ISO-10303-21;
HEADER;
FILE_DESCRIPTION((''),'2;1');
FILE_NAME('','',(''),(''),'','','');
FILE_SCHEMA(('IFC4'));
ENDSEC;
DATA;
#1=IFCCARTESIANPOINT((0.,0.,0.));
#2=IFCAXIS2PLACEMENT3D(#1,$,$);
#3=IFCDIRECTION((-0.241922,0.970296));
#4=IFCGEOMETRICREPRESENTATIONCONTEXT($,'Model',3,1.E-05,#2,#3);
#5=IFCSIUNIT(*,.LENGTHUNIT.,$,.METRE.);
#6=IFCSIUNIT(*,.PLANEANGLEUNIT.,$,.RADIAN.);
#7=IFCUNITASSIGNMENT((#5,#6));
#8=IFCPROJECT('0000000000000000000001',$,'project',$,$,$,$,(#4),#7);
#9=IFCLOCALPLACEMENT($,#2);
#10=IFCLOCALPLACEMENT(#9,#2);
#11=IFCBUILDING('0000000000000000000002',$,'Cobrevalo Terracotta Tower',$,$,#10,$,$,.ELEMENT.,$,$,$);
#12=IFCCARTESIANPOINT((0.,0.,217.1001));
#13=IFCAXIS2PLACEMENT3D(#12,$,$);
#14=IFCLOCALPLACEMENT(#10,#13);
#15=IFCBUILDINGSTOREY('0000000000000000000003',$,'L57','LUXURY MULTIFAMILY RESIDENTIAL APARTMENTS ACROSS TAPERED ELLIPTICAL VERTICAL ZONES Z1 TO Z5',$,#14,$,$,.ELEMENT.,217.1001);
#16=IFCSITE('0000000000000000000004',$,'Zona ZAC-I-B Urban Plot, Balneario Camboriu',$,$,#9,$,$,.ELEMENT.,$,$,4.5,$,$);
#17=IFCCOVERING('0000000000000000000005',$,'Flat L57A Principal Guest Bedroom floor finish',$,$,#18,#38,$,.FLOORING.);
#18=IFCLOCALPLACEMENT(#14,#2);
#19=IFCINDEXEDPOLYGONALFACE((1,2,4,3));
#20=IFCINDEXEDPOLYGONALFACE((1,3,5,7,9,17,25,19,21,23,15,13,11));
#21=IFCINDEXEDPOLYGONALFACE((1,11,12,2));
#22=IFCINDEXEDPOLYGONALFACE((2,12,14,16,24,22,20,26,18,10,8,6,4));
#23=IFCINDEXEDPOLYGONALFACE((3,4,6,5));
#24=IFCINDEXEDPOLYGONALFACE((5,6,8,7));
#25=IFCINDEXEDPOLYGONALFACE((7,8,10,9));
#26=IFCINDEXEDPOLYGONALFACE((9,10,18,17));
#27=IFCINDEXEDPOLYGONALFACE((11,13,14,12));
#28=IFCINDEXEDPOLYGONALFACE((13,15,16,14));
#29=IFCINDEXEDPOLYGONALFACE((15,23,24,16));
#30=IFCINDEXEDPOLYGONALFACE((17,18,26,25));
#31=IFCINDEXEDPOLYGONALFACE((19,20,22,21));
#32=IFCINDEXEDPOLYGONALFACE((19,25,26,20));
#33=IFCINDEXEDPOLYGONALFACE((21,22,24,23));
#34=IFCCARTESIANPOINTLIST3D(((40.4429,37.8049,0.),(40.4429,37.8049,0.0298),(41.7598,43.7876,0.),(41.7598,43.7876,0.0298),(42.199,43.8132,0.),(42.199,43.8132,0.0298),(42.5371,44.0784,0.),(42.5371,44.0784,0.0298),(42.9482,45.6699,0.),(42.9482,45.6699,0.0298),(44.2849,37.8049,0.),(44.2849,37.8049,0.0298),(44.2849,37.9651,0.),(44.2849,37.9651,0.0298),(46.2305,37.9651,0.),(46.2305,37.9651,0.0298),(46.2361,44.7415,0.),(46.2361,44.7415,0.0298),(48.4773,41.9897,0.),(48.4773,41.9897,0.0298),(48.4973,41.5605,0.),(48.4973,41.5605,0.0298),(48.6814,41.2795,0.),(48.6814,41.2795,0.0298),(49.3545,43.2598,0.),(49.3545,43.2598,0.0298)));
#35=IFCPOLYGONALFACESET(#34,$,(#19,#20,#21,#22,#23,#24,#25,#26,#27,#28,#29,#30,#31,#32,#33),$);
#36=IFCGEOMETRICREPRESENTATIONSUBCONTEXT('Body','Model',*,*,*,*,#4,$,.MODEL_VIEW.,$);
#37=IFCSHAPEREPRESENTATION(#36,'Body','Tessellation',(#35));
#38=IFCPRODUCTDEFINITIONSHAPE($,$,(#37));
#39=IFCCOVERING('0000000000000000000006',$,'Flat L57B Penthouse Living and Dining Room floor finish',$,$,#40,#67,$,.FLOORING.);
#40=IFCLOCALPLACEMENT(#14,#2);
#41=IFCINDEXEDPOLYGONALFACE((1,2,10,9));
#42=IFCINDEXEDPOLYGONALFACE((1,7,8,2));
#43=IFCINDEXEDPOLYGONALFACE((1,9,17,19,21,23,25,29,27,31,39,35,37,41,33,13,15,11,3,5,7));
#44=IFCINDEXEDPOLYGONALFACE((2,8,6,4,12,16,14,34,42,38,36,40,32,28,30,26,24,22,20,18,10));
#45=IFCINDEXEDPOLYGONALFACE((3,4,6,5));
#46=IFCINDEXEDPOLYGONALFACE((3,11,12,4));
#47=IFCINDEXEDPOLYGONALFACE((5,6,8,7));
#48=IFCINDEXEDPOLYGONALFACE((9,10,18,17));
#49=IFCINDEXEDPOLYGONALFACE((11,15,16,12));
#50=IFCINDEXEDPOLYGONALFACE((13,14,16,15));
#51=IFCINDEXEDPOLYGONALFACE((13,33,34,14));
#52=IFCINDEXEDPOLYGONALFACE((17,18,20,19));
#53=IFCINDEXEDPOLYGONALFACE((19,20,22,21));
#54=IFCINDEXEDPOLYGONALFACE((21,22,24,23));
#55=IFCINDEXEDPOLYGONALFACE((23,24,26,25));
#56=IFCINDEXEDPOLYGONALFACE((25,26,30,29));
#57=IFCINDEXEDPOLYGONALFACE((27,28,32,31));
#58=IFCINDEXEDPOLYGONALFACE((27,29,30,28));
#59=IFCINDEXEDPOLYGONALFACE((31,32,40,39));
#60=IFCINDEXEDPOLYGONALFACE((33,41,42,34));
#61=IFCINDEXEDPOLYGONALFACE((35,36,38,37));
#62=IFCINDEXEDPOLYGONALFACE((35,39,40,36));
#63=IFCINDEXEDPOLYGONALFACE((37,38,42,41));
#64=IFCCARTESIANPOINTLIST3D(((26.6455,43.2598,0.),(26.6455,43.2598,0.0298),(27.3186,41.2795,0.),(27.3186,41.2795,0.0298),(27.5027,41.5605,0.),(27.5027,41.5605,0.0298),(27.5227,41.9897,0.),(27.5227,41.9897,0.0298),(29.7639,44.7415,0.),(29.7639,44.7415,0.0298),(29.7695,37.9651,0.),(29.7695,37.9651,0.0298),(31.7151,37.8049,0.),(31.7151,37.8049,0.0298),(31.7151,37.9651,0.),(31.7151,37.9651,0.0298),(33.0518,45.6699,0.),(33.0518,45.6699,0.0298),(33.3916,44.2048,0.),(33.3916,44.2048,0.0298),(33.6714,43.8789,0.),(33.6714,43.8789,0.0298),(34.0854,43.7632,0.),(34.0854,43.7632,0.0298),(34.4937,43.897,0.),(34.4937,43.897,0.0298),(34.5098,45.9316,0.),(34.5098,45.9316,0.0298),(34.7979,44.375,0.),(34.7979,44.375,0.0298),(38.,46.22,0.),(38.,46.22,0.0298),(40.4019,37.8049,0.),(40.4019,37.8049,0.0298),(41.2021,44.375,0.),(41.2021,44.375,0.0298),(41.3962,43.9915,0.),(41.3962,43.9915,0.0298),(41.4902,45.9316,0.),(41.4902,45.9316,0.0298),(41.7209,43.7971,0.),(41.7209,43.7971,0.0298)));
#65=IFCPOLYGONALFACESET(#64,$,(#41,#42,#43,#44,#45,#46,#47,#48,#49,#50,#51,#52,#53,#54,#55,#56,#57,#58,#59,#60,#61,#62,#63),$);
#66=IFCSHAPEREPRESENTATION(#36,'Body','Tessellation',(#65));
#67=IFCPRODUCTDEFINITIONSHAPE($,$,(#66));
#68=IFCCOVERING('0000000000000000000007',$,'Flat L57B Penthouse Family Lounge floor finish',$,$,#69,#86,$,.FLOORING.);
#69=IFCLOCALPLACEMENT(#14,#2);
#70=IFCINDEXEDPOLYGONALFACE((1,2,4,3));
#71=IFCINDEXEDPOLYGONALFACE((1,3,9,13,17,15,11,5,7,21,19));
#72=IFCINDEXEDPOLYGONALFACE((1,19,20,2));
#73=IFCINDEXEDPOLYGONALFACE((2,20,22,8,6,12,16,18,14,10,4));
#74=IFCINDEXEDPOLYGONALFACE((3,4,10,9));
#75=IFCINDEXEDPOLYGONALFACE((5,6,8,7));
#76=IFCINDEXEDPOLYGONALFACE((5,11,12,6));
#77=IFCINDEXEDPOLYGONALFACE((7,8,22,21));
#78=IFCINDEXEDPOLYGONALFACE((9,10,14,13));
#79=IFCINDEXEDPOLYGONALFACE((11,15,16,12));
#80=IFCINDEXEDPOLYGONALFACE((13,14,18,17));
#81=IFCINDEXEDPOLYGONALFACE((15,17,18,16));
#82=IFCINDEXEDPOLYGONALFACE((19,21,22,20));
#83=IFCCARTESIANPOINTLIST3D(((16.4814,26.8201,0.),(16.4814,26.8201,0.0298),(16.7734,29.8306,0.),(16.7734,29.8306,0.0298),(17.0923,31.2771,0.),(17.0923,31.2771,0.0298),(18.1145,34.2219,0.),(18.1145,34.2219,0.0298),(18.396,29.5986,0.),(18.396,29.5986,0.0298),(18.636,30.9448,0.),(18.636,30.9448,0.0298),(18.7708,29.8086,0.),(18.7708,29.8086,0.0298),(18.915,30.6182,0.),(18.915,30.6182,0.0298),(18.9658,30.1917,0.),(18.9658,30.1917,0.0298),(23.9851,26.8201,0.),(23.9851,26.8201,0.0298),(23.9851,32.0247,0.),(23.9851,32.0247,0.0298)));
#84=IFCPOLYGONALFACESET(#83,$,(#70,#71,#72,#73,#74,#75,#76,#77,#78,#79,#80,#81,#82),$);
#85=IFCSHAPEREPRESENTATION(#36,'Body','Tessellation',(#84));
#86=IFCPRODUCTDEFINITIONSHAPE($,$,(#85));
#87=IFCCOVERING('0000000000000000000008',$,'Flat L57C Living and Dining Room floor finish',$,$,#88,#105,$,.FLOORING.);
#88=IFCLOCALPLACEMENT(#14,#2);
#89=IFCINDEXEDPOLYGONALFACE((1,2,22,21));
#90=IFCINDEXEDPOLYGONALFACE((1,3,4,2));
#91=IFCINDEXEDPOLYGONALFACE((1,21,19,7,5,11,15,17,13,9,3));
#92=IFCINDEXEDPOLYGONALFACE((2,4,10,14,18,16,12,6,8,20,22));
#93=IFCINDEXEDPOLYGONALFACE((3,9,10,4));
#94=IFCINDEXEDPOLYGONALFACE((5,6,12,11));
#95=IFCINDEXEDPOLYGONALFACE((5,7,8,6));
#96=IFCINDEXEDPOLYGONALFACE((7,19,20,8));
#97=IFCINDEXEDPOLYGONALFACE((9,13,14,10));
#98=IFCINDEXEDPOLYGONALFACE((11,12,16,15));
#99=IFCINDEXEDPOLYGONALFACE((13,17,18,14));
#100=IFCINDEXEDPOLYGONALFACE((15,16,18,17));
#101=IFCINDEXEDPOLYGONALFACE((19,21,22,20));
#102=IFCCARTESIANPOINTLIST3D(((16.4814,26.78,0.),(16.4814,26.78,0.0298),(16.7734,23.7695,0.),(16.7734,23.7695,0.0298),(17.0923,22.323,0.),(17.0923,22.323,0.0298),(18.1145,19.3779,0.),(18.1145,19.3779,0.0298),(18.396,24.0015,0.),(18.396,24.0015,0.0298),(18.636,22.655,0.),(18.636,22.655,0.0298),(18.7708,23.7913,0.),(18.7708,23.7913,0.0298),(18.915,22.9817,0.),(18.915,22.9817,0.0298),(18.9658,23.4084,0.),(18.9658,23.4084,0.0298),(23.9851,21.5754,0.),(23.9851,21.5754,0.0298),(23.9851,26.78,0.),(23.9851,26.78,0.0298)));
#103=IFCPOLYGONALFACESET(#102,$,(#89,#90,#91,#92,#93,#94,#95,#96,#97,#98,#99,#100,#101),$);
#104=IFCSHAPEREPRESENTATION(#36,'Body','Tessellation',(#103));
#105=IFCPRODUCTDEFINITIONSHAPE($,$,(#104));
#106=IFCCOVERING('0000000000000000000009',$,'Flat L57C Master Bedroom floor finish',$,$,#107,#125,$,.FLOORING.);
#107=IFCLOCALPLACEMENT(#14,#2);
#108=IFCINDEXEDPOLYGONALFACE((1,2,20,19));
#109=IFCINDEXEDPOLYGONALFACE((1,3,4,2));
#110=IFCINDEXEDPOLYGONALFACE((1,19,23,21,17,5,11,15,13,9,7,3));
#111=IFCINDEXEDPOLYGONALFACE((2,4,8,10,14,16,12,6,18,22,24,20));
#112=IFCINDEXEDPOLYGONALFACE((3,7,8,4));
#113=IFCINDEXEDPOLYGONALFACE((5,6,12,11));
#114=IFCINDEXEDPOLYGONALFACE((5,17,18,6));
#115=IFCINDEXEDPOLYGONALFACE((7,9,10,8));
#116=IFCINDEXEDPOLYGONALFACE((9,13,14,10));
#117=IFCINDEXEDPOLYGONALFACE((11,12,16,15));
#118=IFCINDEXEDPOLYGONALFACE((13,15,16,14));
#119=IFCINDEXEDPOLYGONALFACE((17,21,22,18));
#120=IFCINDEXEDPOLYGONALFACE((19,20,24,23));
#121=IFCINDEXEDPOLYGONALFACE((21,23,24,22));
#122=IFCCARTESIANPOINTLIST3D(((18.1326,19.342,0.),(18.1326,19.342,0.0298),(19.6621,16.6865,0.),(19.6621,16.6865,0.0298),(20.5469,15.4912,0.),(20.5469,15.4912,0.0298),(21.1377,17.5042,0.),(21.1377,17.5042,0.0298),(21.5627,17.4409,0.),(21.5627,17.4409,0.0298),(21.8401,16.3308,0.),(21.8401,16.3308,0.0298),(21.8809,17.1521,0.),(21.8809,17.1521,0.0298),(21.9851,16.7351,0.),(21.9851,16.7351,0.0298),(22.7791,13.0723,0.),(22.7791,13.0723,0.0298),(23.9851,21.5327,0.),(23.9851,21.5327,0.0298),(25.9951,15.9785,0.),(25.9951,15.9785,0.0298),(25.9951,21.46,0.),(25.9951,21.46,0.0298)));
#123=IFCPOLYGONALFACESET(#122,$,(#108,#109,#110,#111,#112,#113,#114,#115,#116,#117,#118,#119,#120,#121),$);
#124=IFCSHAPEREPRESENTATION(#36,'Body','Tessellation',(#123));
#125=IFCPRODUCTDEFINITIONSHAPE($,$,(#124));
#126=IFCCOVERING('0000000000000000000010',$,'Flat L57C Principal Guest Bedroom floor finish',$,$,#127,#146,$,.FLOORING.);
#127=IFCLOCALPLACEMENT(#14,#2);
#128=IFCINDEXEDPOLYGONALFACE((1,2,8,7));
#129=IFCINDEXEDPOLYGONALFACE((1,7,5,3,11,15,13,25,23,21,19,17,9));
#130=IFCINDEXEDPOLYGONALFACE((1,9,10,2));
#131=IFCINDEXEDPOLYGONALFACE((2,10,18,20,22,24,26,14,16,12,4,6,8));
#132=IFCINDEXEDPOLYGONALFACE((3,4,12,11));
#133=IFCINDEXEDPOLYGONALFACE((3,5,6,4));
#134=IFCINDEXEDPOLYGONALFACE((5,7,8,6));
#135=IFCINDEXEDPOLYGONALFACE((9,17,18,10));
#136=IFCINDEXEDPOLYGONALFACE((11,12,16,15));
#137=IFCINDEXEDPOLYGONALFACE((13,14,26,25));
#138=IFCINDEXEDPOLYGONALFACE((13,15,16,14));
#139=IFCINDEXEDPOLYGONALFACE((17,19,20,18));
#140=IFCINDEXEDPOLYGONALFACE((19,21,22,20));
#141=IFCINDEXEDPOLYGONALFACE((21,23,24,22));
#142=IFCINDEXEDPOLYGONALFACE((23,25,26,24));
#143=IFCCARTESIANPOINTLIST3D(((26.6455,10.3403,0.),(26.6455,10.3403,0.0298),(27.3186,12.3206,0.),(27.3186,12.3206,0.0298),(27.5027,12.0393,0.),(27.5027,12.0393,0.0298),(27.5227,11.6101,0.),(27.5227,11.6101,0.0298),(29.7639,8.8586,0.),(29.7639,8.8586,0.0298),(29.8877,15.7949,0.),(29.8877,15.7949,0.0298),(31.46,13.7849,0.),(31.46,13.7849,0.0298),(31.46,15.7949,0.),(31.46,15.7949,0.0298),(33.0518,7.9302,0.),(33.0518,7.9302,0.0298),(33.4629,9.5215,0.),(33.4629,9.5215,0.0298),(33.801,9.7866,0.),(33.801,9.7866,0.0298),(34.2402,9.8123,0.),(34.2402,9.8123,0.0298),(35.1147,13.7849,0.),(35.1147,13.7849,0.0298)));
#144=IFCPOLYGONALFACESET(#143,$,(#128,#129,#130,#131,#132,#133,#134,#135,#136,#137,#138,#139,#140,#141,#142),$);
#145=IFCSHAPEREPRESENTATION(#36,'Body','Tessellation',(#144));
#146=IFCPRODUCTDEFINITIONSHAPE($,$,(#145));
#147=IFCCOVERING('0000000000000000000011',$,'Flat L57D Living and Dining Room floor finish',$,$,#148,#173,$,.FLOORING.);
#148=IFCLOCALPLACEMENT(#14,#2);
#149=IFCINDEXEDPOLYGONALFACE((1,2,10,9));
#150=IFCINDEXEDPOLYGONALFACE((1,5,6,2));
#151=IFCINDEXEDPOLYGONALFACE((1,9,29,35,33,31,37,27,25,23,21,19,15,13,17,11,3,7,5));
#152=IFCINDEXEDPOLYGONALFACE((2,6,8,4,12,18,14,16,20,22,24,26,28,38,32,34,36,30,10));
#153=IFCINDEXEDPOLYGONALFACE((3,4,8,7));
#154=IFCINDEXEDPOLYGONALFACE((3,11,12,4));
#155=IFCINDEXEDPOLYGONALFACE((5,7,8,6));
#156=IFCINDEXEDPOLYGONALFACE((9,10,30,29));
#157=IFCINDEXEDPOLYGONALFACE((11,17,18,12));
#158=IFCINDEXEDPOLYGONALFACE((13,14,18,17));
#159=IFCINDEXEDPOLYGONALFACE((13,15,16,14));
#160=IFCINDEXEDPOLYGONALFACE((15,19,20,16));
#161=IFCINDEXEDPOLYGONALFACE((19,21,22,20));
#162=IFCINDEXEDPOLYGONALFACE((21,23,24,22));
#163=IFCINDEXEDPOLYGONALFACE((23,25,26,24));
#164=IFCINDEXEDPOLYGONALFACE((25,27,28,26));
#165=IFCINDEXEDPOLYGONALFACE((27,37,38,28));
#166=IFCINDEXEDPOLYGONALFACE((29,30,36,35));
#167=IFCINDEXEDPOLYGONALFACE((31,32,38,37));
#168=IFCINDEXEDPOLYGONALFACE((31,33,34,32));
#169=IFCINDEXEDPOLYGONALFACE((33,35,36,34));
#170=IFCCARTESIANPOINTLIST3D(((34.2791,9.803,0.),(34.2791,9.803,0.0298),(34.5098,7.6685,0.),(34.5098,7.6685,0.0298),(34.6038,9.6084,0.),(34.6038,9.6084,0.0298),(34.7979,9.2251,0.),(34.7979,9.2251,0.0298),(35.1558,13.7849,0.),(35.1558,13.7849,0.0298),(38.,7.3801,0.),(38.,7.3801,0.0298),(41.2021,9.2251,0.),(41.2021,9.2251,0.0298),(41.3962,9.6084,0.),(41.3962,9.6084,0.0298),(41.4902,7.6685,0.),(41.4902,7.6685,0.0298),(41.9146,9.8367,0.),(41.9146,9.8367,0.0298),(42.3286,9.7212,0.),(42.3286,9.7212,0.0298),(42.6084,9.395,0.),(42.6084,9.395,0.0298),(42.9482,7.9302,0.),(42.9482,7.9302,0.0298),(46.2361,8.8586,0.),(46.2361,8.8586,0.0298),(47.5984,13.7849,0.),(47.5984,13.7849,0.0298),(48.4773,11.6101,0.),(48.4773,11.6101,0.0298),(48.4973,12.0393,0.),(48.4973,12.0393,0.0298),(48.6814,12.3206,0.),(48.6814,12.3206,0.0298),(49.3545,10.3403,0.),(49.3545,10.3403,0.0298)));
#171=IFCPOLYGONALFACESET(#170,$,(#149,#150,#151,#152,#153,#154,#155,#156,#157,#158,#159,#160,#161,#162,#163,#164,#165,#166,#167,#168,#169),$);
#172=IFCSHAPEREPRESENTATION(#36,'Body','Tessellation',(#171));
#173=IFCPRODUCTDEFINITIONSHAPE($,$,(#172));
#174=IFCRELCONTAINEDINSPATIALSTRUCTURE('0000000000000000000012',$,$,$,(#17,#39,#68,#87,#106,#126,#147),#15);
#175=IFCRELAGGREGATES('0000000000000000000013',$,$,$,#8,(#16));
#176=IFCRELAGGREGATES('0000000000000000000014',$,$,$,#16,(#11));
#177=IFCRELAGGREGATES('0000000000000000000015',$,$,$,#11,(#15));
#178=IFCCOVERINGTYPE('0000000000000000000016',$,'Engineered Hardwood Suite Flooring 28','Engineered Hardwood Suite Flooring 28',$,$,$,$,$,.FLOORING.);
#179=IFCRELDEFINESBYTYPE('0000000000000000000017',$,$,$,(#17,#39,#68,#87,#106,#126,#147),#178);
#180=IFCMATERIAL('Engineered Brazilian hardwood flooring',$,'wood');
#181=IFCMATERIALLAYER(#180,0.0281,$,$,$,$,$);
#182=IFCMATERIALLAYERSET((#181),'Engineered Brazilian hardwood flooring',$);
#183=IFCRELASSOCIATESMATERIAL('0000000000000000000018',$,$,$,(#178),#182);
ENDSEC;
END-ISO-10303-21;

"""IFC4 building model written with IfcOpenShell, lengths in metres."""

from ifc_helpers import new_model, si_unit, direction, frame, origin, place, context, subcontext, project, spatial, polyline, outline, extrude, material, layer, layer_set, type_object, element, save


model = new_model("IFC4")

# Units and contexts
model_context = context("Model", 3, precision=1e-05, world=origin(), true_north=direction((-0.241922, 0.970296)))
body_context = subcontext(model_context, "Body", "Model", "MODEL_VIEW")
ifc_project = project(units=[si_unit("LENGTHUNIT", "METRE"), si_unit("PLANEANGLEUNIT", "RADIAN")], contexts=[model_context])

# Site, building, storey
site_placement = place(None, origin())
site = spatial("IfcSite", under=ifc_project, at=site_placement, Name="Zona ZAC-I-B Urban Plot, Balneario Camboriu", CompositionType="ELEMENT", RefElevation=4.5)
building_placement = place(site_placement, origin())
building = spatial("IfcBuilding", under=site, at=building_placement, Name="Cobrevalo Terracotta Tower", CompositionType="ELEMENT")
storey_placement = place(building_placement, frame((0.0, 0.0, 217.1001)))
storey = spatial("IfcBuildingStorey", under=building, at=storey_placement, Name="L57", Description="LUXURY MULTIFAMILY RESIDENTIAL APARTMENTS ACROSS TAPERED ELLIPTICAL VERTICAL ZONES Z1 TO Z5", CompositionType="ELEMENT", Elevation=217.1001)

# Coverings
ifc_material_1 = material(Name="Engineered Brazilian hardwood flooring", Category="wood")
ifc_layer_1 = layer(ifc_material_1, 0.0281)
ifc_layer_set_1 = layer_set([ifc_layer_1], Name="Engineered Brazilian hardwood flooring")
covering_type_1 = type_object("IfcCoveringType", Name="Engineered Hardwood Suite Flooring 28", Description="Engineered Hardwood Suite Flooring 28", PredefinedType="FLOORING", material=ifc_layer_set_1)
covering_1_placement = place(storey_placement, origin())
element("IfcCovering", 1, at=covering_1_placement, inside=storey, type_object=covering_type_1, Name="Flat L57A Principal Guest Bedroom floor finish", PredefinedType="FLOORING", context=body_context, shape_type="SweptSolid", body=[
    extrude(outline(polyline([(49.3545, 43.2598), (48.4773, 41.9897), (48.4973, 41.5605), (48.6814, 41.2795), (46.2305, 37.9651), (44.2849, 37.9651), (44.2849, 37.8049), (40.4429, 37.8049), (41.7598, 43.7876), (42.199, 43.8132), (42.5371, 44.0784), (42.9482, 45.6699), (46.2361, 44.7415), (49.3545, 43.2598)])), origin(), (0.0, 0.0, 1.0), 0.0298),
])
covering_2_placement = place(storey_placement, origin())
element("IfcCovering", 2, at=covering_2_placement, inside=storey, type_object=covering_type_1, Name="Flat L57B Penthouse Living and Dining Room floor finish", PredefinedType="FLOORING", context=body_context, shape_type="SweptSolid", body=[
    extrude(outline(polyline([(29.7639, 44.7415), (33.0518, 45.6699), (33.3916, 44.2048), (33.6714, 43.8789), (34.0854, 43.7632), (34.4937, 43.897), (34.7979, 44.375), (34.5098, 45.9316), (38.0, 46.22), (41.4902, 45.9316), (41.2021, 44.375), (41.3962, 43.9915), (41.7209, 43.7971), (40.4019, 37.8049), (31.7151, 37.8049), (31.7151, 37.9651), (29.7695, 37.9651), (27.3186, 41.2795), (27.5027, 41.5605), (27.5227, 41.9897), (26.6455, 43.2598), (29.7639, 44.7415)])), origin(), (0.0, 0.0, 1.0), 0.0298),
])
covering_3_placement = place(storey_placement, origin())
element("IfcCovering", 3, at=covering_3_placement, inside=storey, type_object=covering_type_1, Name="Flat L57B Penthouse Family Lounge floor finish", PredefinedType="FLOORING", context=body_context, shape_type="SweptSolid", body=[
    extrude(outline(polyline([(23.9851, 32.0247), (23.9851, 26.8201), (16.4814, 26.8201), (16.7734, 29.8306), (18.396, 29.5986), (18.7708, 29.8086), (18.9658, 30.1917), (18.915, 30.6182), (18.636, 30.9448), (17.0923, 31.2771), (18.1145, 34.2219), (23.9851, 32.0247)])), origin(), (0.0, 0.0, 1.0), 0.0298),
])
covering_4_placement = place(storey_placement, origin())
element("IfcCovering", 4, at=covering_4_placement, inside=storey, type_object=covering_type_1, Name="Flat L57C Living and Dining Room floor finish", PredefinedType="FLOORING", context=body_context, shape_type="SweptSolid", body=[
    extrude(outline(polyline([(18.1145, 19.3779), (17.0923, 22.323), (18.636, 22.655), (18.915, 22.9817), (18.9658, 23.4084), (18.7708, 23.7913), (18.396, 24.0015), (16.7734, 23.7695), (16.4814, 26.78), (23.9851, 26.78), (23.9851, 21.5754), (18.1145, 19.3779)])), origin(), (0.0, 0.0, 1.0), 0.0298),
])
covering_5_placement = place(storey_placement, origin())
element("IfcCovering", 5, at=covering_5_placement, inside=storey, type_object=covering_type_1, Name="Flat L57C Master Bedroom floor finish", PredefinedType="FLOORING", context=body_context, shape_type="SweptSolid", body=[
    extrude(outline(polyline([(22.7791, 13.0723), (20.5469, 15.4912), (21.8401, 16.3308), (21.9851, 16.7351), (21.8809, 17.1521), (21.5627, 17.4409), (21.1377, 17.5042), (19.6621, 16.6865), (18.1326, 19.342), (23.9851, 21.5327), (25.9951, 21.46), (25.9951, 15.9785), (22.7791, 13.0723)])), origin(), (0.0, 0.0, 1.0), 0.0298),
])
covering_6_placement = place(storey_placement, origin())
element("IfcCovering", 6, at=covering_6_placement, inside=storey, type_object=covering_type_1, Name="Flat L57C Principal Guest Bedroom floor finish", PredefinedType="FLOORING", context=body_context, shape_type="SweptSolid", body=[
    extrude(outline(polyline([(26.6455, 10.3403), (27.5227, 11.6101), (27.5027, 12.0393), (27.3186, 12.3206), (29.8877, 15.7949), (31.46, 15.7949), (31.46, 13.7849), (35.1147, 13.7849), (34.2402, 9.8123), (33.801, 9.7866), (33.4629, 9.5215), (33.0518, 7.9302), (29.7639, 8.8586), (26.6455, 10.3403)])), origin(), (0.0, 0.0, 1.0), 0.0298),
])
covering_7_placement = place(storey_placement, origin())
element("IfcCovering", 7, at=covering_7_placement, inside=storey, type_object=covering_type_1, Name="Flat L57D Living and Dining Room floor finish", PredefinedType="FLOORING", context=body_context, shape_type="SweptSolid", body=[
    extrude(outline(polyline([(46.2361, 8.8586), (42.9482, 7.9302), (42.6084, 9.395), (42.3286, 9.7212), (41.9146, 9.8367), (41.3962, 9.6084), (41.2021, 9.2251), (41.4902, 7.6685), (38.0, 7.3801), (34.5098, 7.6685), (34.7979, 9.2251), (34.6038, 9.6084), (34.2791, 9.803), (35.1558, 13.7849), (47.5984, 13.7849), (48.6814, 12.3206), (48.4973, 12.0393), (48.4773, 11.6101), (49.3545, 10.3403), (46.2361, 8.8586)])), origin(), (0.0, 0.0, 1.0), 0.0298),
])

save(model, "model.ifc")
